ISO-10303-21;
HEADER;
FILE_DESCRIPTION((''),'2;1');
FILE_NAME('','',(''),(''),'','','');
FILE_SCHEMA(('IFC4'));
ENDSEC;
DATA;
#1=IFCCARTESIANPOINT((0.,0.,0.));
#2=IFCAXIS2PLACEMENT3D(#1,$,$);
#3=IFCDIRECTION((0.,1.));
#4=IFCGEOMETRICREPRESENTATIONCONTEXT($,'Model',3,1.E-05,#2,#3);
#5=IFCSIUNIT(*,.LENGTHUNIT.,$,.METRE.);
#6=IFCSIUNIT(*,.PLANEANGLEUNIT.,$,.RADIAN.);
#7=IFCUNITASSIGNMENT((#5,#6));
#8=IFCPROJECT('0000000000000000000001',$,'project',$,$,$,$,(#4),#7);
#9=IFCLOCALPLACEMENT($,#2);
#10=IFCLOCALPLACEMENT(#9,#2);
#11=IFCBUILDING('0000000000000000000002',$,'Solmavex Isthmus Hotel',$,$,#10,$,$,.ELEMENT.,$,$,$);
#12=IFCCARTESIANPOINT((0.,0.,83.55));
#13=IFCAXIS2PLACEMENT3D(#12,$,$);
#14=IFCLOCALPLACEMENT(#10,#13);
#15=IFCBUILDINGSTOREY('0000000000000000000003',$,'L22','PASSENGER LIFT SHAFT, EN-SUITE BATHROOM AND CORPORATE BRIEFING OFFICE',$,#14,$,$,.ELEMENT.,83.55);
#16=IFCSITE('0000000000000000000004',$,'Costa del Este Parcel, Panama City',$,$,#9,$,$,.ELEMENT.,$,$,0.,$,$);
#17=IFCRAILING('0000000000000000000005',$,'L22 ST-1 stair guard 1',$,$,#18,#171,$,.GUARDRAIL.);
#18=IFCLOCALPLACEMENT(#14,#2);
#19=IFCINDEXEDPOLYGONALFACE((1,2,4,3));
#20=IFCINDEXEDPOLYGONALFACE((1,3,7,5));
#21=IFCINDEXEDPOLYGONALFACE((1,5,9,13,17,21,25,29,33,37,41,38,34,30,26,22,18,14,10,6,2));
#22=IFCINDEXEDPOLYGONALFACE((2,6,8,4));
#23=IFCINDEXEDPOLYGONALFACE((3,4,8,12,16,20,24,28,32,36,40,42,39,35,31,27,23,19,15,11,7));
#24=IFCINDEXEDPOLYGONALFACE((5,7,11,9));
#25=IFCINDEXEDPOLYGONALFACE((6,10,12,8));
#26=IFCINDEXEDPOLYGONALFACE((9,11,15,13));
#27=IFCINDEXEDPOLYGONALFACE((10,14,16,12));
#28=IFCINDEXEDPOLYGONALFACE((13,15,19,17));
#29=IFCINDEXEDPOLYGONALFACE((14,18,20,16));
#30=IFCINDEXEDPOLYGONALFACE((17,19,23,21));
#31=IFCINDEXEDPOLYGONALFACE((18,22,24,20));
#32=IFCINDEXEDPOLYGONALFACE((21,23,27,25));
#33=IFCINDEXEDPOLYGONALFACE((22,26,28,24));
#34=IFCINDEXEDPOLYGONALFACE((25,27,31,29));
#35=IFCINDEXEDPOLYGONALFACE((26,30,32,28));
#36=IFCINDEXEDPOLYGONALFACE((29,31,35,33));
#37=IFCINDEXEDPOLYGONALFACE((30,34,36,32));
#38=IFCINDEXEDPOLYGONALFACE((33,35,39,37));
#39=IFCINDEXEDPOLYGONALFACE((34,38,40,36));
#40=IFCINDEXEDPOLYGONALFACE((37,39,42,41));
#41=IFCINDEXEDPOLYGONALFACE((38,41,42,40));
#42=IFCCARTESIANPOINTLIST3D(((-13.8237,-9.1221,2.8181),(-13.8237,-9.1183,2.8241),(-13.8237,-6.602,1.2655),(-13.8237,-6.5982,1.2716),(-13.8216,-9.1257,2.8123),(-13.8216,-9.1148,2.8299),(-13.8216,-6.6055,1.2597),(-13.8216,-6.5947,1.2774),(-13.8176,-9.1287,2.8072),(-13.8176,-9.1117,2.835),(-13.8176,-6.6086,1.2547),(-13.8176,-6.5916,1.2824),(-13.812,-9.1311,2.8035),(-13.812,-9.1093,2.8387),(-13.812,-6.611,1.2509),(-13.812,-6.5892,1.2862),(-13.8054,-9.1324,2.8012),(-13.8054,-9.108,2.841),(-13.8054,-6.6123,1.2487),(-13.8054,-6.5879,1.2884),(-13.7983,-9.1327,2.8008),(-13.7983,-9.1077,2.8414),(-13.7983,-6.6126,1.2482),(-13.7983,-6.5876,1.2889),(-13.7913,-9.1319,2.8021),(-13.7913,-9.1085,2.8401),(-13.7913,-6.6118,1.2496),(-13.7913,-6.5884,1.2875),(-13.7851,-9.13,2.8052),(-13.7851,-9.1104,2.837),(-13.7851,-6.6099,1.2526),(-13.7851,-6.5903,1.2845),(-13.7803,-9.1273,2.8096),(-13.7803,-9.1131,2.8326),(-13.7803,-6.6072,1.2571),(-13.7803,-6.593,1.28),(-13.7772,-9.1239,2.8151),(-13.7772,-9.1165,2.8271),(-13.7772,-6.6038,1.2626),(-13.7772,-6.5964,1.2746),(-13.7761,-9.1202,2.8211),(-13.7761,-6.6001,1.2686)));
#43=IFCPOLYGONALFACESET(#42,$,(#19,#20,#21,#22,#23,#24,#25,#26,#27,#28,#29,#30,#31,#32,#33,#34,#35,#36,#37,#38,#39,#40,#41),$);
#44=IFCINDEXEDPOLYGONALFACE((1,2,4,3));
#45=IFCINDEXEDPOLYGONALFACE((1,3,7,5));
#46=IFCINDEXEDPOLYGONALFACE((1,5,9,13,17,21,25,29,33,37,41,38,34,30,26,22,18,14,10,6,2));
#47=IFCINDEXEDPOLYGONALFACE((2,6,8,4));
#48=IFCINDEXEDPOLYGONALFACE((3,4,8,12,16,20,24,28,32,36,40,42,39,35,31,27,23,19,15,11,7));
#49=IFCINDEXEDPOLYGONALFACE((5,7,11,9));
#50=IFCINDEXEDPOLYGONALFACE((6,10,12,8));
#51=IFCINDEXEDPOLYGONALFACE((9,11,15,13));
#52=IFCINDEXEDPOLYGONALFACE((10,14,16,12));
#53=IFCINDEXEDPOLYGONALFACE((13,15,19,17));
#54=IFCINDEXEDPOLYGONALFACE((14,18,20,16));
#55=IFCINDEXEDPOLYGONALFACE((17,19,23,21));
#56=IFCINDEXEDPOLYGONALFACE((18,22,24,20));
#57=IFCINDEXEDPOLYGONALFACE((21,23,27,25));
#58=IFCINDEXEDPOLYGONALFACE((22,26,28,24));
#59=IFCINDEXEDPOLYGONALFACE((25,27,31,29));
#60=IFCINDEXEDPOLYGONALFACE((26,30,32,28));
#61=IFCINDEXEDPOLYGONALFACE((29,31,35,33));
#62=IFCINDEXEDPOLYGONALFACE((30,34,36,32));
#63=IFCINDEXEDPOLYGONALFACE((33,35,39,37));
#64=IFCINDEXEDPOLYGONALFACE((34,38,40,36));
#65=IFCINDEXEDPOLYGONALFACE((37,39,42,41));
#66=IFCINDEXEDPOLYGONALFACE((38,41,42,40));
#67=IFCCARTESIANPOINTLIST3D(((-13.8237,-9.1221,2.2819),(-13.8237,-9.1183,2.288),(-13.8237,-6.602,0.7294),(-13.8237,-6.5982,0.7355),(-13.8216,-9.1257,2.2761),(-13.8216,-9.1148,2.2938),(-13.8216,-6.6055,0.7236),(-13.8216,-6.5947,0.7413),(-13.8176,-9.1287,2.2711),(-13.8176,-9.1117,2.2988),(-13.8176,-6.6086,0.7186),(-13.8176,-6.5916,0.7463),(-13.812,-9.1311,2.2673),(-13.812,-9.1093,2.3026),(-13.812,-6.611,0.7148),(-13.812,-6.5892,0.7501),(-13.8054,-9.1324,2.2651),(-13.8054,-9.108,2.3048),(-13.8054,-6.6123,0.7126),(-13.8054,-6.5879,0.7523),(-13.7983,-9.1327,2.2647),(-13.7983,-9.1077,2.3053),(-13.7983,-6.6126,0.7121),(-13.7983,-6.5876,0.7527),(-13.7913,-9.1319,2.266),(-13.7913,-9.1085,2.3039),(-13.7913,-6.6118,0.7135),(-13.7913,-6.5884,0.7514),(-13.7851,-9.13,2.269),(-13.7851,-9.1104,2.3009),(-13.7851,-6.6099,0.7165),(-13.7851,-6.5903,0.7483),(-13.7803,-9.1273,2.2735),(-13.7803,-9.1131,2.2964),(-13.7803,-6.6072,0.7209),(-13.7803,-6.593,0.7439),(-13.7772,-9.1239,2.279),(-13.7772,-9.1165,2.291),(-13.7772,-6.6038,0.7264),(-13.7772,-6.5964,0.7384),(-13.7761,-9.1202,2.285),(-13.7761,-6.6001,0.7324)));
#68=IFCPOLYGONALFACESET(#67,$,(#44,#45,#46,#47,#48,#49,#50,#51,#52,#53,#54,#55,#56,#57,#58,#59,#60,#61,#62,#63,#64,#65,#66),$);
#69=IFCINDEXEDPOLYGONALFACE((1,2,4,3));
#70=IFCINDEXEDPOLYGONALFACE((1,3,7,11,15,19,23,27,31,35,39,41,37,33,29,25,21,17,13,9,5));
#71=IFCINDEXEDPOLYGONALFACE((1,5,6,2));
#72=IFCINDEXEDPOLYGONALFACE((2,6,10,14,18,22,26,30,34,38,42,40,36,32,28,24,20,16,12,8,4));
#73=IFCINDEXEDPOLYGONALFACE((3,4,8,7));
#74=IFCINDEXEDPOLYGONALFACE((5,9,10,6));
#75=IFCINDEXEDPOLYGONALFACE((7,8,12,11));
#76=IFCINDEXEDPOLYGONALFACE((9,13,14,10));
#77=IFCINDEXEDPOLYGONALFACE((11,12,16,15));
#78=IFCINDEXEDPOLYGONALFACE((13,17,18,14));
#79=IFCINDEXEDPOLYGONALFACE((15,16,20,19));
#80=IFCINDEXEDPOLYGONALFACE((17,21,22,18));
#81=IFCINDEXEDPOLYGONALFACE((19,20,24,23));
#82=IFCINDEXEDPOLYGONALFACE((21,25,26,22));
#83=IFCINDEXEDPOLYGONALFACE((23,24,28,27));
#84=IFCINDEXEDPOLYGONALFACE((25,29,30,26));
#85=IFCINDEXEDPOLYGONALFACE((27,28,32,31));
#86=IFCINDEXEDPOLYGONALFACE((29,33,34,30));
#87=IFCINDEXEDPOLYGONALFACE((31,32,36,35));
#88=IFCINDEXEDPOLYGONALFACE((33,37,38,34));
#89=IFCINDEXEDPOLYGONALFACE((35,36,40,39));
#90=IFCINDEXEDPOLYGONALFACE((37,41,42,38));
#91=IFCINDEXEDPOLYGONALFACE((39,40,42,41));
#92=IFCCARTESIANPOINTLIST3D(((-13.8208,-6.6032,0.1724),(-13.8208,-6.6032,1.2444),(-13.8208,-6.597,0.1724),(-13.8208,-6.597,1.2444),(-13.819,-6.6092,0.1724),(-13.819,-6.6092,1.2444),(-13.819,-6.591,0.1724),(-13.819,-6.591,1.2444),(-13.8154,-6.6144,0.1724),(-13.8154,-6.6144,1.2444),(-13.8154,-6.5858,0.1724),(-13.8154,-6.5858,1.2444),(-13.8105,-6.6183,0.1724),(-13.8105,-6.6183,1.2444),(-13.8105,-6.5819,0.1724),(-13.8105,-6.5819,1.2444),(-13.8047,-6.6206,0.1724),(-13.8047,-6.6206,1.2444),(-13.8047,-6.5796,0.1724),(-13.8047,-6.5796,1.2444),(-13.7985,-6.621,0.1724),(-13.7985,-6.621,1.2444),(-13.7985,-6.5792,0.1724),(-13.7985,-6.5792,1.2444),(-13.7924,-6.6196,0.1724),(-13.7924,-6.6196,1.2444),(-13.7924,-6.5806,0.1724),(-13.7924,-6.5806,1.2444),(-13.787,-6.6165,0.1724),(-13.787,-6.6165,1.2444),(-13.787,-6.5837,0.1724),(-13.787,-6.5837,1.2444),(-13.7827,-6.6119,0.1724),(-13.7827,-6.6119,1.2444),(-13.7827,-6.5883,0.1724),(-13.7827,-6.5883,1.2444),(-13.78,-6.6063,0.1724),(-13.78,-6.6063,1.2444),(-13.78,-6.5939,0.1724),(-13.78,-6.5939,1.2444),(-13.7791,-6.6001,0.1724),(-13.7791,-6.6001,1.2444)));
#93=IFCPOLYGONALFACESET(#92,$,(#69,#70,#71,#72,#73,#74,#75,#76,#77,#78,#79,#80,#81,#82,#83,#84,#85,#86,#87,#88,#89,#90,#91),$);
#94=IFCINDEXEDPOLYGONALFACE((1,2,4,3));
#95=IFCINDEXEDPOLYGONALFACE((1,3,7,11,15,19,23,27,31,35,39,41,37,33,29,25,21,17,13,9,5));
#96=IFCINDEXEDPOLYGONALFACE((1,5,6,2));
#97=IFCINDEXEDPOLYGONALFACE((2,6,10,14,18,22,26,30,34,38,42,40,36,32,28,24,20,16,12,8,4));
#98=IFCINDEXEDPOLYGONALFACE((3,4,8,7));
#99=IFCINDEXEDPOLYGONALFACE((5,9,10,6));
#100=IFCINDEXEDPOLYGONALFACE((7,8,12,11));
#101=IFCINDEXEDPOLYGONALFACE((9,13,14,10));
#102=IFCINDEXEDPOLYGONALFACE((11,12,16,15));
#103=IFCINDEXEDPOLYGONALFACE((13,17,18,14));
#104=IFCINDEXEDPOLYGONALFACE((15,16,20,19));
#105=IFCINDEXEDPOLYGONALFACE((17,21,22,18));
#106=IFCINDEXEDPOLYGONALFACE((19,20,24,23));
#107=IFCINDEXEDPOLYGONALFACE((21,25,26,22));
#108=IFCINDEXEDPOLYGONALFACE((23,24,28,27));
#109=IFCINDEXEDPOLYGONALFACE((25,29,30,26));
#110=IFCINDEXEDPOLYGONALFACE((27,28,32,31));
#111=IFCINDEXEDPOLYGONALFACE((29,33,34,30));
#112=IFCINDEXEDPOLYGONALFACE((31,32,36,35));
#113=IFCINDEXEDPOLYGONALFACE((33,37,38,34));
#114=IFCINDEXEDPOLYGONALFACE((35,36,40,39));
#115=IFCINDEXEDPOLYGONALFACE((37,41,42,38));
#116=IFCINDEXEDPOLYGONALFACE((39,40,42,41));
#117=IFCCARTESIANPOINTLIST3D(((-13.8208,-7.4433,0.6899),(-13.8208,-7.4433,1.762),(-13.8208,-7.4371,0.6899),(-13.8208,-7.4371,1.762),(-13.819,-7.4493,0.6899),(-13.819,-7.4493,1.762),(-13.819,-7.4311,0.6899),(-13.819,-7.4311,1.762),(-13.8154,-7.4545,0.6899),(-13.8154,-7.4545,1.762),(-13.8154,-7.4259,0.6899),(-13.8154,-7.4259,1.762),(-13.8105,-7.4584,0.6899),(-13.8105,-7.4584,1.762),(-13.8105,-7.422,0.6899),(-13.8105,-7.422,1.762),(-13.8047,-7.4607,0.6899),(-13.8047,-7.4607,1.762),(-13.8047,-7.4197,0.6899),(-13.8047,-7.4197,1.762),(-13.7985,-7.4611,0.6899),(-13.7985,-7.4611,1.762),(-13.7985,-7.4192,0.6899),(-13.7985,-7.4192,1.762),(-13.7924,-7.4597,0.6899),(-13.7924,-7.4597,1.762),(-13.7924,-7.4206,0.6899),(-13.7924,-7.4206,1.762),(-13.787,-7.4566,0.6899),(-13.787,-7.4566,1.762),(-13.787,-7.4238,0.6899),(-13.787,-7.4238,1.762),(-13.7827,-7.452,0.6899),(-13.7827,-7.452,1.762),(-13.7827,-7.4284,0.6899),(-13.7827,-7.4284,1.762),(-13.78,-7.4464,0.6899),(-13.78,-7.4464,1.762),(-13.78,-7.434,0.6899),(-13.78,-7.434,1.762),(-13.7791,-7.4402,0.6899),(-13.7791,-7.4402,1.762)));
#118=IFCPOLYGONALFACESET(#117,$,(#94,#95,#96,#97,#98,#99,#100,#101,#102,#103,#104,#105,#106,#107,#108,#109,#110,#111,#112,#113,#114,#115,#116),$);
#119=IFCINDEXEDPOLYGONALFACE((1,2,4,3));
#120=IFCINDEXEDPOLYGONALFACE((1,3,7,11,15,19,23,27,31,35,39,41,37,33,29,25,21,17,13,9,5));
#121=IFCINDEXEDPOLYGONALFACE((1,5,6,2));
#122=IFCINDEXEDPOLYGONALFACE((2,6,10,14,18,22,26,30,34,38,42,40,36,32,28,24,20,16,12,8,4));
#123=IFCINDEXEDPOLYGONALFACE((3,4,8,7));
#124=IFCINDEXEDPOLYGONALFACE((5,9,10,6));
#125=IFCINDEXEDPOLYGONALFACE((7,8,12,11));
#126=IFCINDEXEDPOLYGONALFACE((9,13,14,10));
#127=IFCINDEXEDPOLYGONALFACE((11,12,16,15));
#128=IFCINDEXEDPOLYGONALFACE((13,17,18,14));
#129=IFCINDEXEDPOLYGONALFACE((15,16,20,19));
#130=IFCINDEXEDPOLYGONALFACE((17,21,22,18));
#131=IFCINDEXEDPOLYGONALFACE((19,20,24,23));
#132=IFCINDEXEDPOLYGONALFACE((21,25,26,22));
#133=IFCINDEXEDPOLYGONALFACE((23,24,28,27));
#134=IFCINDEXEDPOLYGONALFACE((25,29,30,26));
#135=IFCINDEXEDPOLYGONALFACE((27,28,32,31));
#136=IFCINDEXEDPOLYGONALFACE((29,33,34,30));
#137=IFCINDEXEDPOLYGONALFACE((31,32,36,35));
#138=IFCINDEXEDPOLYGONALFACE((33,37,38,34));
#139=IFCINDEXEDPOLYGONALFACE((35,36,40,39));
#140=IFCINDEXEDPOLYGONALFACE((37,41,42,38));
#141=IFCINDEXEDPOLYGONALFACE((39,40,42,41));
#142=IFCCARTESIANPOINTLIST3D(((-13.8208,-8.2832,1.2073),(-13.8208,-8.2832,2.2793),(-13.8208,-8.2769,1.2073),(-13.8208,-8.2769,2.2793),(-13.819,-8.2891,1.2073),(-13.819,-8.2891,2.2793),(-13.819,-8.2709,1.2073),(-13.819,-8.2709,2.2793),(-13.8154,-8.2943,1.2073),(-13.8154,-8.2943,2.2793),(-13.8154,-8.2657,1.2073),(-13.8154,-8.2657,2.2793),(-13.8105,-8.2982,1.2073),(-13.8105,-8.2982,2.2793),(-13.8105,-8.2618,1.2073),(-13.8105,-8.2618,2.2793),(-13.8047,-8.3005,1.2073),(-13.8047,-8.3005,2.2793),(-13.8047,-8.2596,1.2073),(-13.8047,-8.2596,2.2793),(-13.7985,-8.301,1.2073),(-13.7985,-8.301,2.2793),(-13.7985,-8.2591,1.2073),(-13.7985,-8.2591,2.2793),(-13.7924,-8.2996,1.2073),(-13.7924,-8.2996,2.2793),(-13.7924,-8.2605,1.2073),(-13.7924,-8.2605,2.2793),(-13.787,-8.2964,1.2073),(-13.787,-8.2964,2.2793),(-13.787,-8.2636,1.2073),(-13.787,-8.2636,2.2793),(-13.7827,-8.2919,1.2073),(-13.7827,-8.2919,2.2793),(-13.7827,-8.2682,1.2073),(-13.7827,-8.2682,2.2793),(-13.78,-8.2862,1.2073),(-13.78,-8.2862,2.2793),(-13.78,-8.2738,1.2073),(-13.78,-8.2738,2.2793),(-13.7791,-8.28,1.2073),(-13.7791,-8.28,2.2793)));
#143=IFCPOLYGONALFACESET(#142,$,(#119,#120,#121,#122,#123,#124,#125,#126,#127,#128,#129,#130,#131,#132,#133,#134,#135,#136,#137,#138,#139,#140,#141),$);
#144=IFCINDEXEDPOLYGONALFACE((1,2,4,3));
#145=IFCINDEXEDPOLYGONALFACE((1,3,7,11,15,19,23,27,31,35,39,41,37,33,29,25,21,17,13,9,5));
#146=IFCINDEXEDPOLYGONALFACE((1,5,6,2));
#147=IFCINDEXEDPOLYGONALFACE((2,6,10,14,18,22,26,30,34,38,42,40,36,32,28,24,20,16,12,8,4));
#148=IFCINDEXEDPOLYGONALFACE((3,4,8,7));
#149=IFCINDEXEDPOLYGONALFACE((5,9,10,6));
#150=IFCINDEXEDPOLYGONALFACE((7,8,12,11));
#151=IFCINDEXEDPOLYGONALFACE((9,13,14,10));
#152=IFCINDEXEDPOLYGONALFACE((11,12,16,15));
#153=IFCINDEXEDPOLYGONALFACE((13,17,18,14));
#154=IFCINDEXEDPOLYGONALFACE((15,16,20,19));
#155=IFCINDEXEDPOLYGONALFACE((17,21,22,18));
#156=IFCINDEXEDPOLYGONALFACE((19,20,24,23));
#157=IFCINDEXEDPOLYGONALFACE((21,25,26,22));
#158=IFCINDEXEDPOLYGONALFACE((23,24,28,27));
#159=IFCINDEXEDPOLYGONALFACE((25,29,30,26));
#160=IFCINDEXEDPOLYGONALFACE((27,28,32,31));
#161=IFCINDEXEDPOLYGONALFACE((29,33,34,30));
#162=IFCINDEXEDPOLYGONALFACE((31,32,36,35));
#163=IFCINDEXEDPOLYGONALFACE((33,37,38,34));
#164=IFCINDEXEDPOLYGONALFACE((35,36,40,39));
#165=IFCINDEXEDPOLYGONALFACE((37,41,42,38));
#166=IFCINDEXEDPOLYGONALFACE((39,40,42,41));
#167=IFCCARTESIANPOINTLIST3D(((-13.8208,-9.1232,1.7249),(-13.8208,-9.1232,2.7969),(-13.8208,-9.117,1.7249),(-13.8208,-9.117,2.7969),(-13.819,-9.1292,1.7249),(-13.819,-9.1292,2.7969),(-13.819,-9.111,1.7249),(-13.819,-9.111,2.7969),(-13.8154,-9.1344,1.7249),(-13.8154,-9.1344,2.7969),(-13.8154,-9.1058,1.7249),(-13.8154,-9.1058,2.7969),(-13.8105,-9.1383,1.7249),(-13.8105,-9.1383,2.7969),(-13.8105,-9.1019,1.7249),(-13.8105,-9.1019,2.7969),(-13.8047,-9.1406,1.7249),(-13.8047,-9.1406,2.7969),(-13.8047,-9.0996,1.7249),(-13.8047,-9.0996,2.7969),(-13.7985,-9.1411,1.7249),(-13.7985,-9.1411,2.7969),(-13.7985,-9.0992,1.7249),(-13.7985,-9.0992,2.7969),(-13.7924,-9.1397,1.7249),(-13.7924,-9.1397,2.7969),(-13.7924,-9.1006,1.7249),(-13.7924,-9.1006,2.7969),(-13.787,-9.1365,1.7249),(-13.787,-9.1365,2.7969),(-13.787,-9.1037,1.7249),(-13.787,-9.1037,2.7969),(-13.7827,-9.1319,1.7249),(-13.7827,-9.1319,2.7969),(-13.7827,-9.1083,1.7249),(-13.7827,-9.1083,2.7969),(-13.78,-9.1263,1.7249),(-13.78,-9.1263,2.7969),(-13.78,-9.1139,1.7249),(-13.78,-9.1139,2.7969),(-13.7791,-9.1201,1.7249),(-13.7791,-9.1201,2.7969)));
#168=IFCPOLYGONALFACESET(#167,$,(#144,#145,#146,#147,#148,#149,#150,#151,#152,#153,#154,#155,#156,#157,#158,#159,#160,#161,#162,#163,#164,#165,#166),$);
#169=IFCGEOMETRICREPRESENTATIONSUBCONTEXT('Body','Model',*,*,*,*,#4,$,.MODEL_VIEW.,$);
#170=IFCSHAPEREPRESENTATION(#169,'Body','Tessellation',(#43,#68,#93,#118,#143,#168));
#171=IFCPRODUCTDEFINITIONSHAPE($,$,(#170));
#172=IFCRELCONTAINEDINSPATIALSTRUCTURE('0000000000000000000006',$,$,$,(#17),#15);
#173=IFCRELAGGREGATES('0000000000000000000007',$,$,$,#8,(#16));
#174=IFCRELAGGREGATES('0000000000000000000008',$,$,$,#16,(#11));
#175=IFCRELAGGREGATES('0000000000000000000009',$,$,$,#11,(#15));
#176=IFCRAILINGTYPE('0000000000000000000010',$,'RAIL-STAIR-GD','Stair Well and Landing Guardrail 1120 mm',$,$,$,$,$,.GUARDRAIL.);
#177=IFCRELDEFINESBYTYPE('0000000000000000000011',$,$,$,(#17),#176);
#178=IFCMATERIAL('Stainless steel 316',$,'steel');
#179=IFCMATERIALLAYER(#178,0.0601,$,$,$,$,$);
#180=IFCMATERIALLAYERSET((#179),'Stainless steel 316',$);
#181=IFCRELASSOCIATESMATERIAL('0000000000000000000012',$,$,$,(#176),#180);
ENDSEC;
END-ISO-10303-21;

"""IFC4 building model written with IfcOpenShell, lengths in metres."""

from ifc_helpers import new_model, si_unit, direction, frame, origin, origin_2d, place, context, subcontext, project, spatial, circle, extrude, material, layer, layer_set, type_object, element, save


model = new_model("IFC4")

# Units and contexts
model_context = context("Model", 3, precision=1e-05, world=origin(), true_north=direction((0.0, 1.0)))
body_context = subcontext(model_context, "Body", "Model", "MODEL_VIEW")
ifc_project = project(units=[si_unit("LENGTHUNIT", "METRE"), si_unit("PLANEANGLEUNIT", "RADIAN")], contexts=[model_context])

# Site, building, storey
site_placement = place(None, origin())
site = spatial("IfcSite", under=ifc_project, at=site_placement, Name="Costa del Este Parcel, Panama City", CompositionType="ELEMENT", RefElevation=0.0)
building_placement = place(site_placement, origin())
building = spatial("IfcBuilding", under=site, at=building_placement, Name="Solmavex Isthmus Hotel", CompositionType="ELEMENT")
storey_placement = place(building_placement, frame((0.0, 0.0, 83.55)))
storey = spatial("IfcBuildingStorey", under=building, at=storey_placement, Name="L22", Description="PASSENGER LIFT SHAFT, EN-SUITE BATHROOM AND CORPORATE BRIEFING OFFICE", CompositionType="ELEMENT", Elevation=83.55)

# Railing
ifc_material_1 = material(Name="Stainless steel 316", Category="steel")
ifc_layer_1 = layer(ifc_material_1, 0.0601)
ifc_layer_set_1 = layer_set([ifc_layer_1], Name="Stainless steel 316")
railing_type_1 = type_object("IfcRailingType", Name="RAIL-STAIR-GD", Description="Stair Well and Landing Guardrail 1120 mm", PredefinedType="GUARDRAIL", material=ifc_layer_set_1)
railing_1_placement = place(storey_placement, frame((-13.8, -6.6001, 0.1724)))
element("IfcRailing", 1, at=railing_1_placement, inside=storey, type_object=railing_type_1, Name="L22 ST-1 stair guard 1", PredefinedType="GUARDRAIL", context=body_context, shape_type="SweptSolid", body=[
    extrude(circle(Radius=0.0239, at=origin_2d()), frame((0.0, 0.0, 1.0962), z_axis=(0.0, -0.8514, 0.524516), x_axis=(1.0, 0.0, 0.0)), (0.0, 0.0, 1.0), 2.96),
    extrude(circle(Radius=0.0239, at=origin_2d()), frame((0.0, 0.0, 0.5601), z_axis=(0.0, -0.8514, 0.524516), x_axis=(1.0, 0.0, 0.0)), (0.0, 0.0, 1.0), 2.96),
    extrude(circle(Radius=0.021, at=origin_2d()), origin(), (0.0, 0.0, 1.0), 1.072),
    extrude(circle(Radius=0.021, at=origin_2d()), frame((0.0, -0.8401, 0.5176)), (0.0, 0.0, 1.0), 1.072),
    extrude(circle(Radius=0.021, at=origin_2d()), frame((0.0, -1.6799, 1.0349)), (0.0, 0.0, 1.0), 1.072),
    extrude(circle(Radius=0.021, at=origin_2d()), frame((0.0, -2.52, 1.5525)), (0.0, 0.0, 1.0), 1.072),
])

save(model, "model.ifc")
